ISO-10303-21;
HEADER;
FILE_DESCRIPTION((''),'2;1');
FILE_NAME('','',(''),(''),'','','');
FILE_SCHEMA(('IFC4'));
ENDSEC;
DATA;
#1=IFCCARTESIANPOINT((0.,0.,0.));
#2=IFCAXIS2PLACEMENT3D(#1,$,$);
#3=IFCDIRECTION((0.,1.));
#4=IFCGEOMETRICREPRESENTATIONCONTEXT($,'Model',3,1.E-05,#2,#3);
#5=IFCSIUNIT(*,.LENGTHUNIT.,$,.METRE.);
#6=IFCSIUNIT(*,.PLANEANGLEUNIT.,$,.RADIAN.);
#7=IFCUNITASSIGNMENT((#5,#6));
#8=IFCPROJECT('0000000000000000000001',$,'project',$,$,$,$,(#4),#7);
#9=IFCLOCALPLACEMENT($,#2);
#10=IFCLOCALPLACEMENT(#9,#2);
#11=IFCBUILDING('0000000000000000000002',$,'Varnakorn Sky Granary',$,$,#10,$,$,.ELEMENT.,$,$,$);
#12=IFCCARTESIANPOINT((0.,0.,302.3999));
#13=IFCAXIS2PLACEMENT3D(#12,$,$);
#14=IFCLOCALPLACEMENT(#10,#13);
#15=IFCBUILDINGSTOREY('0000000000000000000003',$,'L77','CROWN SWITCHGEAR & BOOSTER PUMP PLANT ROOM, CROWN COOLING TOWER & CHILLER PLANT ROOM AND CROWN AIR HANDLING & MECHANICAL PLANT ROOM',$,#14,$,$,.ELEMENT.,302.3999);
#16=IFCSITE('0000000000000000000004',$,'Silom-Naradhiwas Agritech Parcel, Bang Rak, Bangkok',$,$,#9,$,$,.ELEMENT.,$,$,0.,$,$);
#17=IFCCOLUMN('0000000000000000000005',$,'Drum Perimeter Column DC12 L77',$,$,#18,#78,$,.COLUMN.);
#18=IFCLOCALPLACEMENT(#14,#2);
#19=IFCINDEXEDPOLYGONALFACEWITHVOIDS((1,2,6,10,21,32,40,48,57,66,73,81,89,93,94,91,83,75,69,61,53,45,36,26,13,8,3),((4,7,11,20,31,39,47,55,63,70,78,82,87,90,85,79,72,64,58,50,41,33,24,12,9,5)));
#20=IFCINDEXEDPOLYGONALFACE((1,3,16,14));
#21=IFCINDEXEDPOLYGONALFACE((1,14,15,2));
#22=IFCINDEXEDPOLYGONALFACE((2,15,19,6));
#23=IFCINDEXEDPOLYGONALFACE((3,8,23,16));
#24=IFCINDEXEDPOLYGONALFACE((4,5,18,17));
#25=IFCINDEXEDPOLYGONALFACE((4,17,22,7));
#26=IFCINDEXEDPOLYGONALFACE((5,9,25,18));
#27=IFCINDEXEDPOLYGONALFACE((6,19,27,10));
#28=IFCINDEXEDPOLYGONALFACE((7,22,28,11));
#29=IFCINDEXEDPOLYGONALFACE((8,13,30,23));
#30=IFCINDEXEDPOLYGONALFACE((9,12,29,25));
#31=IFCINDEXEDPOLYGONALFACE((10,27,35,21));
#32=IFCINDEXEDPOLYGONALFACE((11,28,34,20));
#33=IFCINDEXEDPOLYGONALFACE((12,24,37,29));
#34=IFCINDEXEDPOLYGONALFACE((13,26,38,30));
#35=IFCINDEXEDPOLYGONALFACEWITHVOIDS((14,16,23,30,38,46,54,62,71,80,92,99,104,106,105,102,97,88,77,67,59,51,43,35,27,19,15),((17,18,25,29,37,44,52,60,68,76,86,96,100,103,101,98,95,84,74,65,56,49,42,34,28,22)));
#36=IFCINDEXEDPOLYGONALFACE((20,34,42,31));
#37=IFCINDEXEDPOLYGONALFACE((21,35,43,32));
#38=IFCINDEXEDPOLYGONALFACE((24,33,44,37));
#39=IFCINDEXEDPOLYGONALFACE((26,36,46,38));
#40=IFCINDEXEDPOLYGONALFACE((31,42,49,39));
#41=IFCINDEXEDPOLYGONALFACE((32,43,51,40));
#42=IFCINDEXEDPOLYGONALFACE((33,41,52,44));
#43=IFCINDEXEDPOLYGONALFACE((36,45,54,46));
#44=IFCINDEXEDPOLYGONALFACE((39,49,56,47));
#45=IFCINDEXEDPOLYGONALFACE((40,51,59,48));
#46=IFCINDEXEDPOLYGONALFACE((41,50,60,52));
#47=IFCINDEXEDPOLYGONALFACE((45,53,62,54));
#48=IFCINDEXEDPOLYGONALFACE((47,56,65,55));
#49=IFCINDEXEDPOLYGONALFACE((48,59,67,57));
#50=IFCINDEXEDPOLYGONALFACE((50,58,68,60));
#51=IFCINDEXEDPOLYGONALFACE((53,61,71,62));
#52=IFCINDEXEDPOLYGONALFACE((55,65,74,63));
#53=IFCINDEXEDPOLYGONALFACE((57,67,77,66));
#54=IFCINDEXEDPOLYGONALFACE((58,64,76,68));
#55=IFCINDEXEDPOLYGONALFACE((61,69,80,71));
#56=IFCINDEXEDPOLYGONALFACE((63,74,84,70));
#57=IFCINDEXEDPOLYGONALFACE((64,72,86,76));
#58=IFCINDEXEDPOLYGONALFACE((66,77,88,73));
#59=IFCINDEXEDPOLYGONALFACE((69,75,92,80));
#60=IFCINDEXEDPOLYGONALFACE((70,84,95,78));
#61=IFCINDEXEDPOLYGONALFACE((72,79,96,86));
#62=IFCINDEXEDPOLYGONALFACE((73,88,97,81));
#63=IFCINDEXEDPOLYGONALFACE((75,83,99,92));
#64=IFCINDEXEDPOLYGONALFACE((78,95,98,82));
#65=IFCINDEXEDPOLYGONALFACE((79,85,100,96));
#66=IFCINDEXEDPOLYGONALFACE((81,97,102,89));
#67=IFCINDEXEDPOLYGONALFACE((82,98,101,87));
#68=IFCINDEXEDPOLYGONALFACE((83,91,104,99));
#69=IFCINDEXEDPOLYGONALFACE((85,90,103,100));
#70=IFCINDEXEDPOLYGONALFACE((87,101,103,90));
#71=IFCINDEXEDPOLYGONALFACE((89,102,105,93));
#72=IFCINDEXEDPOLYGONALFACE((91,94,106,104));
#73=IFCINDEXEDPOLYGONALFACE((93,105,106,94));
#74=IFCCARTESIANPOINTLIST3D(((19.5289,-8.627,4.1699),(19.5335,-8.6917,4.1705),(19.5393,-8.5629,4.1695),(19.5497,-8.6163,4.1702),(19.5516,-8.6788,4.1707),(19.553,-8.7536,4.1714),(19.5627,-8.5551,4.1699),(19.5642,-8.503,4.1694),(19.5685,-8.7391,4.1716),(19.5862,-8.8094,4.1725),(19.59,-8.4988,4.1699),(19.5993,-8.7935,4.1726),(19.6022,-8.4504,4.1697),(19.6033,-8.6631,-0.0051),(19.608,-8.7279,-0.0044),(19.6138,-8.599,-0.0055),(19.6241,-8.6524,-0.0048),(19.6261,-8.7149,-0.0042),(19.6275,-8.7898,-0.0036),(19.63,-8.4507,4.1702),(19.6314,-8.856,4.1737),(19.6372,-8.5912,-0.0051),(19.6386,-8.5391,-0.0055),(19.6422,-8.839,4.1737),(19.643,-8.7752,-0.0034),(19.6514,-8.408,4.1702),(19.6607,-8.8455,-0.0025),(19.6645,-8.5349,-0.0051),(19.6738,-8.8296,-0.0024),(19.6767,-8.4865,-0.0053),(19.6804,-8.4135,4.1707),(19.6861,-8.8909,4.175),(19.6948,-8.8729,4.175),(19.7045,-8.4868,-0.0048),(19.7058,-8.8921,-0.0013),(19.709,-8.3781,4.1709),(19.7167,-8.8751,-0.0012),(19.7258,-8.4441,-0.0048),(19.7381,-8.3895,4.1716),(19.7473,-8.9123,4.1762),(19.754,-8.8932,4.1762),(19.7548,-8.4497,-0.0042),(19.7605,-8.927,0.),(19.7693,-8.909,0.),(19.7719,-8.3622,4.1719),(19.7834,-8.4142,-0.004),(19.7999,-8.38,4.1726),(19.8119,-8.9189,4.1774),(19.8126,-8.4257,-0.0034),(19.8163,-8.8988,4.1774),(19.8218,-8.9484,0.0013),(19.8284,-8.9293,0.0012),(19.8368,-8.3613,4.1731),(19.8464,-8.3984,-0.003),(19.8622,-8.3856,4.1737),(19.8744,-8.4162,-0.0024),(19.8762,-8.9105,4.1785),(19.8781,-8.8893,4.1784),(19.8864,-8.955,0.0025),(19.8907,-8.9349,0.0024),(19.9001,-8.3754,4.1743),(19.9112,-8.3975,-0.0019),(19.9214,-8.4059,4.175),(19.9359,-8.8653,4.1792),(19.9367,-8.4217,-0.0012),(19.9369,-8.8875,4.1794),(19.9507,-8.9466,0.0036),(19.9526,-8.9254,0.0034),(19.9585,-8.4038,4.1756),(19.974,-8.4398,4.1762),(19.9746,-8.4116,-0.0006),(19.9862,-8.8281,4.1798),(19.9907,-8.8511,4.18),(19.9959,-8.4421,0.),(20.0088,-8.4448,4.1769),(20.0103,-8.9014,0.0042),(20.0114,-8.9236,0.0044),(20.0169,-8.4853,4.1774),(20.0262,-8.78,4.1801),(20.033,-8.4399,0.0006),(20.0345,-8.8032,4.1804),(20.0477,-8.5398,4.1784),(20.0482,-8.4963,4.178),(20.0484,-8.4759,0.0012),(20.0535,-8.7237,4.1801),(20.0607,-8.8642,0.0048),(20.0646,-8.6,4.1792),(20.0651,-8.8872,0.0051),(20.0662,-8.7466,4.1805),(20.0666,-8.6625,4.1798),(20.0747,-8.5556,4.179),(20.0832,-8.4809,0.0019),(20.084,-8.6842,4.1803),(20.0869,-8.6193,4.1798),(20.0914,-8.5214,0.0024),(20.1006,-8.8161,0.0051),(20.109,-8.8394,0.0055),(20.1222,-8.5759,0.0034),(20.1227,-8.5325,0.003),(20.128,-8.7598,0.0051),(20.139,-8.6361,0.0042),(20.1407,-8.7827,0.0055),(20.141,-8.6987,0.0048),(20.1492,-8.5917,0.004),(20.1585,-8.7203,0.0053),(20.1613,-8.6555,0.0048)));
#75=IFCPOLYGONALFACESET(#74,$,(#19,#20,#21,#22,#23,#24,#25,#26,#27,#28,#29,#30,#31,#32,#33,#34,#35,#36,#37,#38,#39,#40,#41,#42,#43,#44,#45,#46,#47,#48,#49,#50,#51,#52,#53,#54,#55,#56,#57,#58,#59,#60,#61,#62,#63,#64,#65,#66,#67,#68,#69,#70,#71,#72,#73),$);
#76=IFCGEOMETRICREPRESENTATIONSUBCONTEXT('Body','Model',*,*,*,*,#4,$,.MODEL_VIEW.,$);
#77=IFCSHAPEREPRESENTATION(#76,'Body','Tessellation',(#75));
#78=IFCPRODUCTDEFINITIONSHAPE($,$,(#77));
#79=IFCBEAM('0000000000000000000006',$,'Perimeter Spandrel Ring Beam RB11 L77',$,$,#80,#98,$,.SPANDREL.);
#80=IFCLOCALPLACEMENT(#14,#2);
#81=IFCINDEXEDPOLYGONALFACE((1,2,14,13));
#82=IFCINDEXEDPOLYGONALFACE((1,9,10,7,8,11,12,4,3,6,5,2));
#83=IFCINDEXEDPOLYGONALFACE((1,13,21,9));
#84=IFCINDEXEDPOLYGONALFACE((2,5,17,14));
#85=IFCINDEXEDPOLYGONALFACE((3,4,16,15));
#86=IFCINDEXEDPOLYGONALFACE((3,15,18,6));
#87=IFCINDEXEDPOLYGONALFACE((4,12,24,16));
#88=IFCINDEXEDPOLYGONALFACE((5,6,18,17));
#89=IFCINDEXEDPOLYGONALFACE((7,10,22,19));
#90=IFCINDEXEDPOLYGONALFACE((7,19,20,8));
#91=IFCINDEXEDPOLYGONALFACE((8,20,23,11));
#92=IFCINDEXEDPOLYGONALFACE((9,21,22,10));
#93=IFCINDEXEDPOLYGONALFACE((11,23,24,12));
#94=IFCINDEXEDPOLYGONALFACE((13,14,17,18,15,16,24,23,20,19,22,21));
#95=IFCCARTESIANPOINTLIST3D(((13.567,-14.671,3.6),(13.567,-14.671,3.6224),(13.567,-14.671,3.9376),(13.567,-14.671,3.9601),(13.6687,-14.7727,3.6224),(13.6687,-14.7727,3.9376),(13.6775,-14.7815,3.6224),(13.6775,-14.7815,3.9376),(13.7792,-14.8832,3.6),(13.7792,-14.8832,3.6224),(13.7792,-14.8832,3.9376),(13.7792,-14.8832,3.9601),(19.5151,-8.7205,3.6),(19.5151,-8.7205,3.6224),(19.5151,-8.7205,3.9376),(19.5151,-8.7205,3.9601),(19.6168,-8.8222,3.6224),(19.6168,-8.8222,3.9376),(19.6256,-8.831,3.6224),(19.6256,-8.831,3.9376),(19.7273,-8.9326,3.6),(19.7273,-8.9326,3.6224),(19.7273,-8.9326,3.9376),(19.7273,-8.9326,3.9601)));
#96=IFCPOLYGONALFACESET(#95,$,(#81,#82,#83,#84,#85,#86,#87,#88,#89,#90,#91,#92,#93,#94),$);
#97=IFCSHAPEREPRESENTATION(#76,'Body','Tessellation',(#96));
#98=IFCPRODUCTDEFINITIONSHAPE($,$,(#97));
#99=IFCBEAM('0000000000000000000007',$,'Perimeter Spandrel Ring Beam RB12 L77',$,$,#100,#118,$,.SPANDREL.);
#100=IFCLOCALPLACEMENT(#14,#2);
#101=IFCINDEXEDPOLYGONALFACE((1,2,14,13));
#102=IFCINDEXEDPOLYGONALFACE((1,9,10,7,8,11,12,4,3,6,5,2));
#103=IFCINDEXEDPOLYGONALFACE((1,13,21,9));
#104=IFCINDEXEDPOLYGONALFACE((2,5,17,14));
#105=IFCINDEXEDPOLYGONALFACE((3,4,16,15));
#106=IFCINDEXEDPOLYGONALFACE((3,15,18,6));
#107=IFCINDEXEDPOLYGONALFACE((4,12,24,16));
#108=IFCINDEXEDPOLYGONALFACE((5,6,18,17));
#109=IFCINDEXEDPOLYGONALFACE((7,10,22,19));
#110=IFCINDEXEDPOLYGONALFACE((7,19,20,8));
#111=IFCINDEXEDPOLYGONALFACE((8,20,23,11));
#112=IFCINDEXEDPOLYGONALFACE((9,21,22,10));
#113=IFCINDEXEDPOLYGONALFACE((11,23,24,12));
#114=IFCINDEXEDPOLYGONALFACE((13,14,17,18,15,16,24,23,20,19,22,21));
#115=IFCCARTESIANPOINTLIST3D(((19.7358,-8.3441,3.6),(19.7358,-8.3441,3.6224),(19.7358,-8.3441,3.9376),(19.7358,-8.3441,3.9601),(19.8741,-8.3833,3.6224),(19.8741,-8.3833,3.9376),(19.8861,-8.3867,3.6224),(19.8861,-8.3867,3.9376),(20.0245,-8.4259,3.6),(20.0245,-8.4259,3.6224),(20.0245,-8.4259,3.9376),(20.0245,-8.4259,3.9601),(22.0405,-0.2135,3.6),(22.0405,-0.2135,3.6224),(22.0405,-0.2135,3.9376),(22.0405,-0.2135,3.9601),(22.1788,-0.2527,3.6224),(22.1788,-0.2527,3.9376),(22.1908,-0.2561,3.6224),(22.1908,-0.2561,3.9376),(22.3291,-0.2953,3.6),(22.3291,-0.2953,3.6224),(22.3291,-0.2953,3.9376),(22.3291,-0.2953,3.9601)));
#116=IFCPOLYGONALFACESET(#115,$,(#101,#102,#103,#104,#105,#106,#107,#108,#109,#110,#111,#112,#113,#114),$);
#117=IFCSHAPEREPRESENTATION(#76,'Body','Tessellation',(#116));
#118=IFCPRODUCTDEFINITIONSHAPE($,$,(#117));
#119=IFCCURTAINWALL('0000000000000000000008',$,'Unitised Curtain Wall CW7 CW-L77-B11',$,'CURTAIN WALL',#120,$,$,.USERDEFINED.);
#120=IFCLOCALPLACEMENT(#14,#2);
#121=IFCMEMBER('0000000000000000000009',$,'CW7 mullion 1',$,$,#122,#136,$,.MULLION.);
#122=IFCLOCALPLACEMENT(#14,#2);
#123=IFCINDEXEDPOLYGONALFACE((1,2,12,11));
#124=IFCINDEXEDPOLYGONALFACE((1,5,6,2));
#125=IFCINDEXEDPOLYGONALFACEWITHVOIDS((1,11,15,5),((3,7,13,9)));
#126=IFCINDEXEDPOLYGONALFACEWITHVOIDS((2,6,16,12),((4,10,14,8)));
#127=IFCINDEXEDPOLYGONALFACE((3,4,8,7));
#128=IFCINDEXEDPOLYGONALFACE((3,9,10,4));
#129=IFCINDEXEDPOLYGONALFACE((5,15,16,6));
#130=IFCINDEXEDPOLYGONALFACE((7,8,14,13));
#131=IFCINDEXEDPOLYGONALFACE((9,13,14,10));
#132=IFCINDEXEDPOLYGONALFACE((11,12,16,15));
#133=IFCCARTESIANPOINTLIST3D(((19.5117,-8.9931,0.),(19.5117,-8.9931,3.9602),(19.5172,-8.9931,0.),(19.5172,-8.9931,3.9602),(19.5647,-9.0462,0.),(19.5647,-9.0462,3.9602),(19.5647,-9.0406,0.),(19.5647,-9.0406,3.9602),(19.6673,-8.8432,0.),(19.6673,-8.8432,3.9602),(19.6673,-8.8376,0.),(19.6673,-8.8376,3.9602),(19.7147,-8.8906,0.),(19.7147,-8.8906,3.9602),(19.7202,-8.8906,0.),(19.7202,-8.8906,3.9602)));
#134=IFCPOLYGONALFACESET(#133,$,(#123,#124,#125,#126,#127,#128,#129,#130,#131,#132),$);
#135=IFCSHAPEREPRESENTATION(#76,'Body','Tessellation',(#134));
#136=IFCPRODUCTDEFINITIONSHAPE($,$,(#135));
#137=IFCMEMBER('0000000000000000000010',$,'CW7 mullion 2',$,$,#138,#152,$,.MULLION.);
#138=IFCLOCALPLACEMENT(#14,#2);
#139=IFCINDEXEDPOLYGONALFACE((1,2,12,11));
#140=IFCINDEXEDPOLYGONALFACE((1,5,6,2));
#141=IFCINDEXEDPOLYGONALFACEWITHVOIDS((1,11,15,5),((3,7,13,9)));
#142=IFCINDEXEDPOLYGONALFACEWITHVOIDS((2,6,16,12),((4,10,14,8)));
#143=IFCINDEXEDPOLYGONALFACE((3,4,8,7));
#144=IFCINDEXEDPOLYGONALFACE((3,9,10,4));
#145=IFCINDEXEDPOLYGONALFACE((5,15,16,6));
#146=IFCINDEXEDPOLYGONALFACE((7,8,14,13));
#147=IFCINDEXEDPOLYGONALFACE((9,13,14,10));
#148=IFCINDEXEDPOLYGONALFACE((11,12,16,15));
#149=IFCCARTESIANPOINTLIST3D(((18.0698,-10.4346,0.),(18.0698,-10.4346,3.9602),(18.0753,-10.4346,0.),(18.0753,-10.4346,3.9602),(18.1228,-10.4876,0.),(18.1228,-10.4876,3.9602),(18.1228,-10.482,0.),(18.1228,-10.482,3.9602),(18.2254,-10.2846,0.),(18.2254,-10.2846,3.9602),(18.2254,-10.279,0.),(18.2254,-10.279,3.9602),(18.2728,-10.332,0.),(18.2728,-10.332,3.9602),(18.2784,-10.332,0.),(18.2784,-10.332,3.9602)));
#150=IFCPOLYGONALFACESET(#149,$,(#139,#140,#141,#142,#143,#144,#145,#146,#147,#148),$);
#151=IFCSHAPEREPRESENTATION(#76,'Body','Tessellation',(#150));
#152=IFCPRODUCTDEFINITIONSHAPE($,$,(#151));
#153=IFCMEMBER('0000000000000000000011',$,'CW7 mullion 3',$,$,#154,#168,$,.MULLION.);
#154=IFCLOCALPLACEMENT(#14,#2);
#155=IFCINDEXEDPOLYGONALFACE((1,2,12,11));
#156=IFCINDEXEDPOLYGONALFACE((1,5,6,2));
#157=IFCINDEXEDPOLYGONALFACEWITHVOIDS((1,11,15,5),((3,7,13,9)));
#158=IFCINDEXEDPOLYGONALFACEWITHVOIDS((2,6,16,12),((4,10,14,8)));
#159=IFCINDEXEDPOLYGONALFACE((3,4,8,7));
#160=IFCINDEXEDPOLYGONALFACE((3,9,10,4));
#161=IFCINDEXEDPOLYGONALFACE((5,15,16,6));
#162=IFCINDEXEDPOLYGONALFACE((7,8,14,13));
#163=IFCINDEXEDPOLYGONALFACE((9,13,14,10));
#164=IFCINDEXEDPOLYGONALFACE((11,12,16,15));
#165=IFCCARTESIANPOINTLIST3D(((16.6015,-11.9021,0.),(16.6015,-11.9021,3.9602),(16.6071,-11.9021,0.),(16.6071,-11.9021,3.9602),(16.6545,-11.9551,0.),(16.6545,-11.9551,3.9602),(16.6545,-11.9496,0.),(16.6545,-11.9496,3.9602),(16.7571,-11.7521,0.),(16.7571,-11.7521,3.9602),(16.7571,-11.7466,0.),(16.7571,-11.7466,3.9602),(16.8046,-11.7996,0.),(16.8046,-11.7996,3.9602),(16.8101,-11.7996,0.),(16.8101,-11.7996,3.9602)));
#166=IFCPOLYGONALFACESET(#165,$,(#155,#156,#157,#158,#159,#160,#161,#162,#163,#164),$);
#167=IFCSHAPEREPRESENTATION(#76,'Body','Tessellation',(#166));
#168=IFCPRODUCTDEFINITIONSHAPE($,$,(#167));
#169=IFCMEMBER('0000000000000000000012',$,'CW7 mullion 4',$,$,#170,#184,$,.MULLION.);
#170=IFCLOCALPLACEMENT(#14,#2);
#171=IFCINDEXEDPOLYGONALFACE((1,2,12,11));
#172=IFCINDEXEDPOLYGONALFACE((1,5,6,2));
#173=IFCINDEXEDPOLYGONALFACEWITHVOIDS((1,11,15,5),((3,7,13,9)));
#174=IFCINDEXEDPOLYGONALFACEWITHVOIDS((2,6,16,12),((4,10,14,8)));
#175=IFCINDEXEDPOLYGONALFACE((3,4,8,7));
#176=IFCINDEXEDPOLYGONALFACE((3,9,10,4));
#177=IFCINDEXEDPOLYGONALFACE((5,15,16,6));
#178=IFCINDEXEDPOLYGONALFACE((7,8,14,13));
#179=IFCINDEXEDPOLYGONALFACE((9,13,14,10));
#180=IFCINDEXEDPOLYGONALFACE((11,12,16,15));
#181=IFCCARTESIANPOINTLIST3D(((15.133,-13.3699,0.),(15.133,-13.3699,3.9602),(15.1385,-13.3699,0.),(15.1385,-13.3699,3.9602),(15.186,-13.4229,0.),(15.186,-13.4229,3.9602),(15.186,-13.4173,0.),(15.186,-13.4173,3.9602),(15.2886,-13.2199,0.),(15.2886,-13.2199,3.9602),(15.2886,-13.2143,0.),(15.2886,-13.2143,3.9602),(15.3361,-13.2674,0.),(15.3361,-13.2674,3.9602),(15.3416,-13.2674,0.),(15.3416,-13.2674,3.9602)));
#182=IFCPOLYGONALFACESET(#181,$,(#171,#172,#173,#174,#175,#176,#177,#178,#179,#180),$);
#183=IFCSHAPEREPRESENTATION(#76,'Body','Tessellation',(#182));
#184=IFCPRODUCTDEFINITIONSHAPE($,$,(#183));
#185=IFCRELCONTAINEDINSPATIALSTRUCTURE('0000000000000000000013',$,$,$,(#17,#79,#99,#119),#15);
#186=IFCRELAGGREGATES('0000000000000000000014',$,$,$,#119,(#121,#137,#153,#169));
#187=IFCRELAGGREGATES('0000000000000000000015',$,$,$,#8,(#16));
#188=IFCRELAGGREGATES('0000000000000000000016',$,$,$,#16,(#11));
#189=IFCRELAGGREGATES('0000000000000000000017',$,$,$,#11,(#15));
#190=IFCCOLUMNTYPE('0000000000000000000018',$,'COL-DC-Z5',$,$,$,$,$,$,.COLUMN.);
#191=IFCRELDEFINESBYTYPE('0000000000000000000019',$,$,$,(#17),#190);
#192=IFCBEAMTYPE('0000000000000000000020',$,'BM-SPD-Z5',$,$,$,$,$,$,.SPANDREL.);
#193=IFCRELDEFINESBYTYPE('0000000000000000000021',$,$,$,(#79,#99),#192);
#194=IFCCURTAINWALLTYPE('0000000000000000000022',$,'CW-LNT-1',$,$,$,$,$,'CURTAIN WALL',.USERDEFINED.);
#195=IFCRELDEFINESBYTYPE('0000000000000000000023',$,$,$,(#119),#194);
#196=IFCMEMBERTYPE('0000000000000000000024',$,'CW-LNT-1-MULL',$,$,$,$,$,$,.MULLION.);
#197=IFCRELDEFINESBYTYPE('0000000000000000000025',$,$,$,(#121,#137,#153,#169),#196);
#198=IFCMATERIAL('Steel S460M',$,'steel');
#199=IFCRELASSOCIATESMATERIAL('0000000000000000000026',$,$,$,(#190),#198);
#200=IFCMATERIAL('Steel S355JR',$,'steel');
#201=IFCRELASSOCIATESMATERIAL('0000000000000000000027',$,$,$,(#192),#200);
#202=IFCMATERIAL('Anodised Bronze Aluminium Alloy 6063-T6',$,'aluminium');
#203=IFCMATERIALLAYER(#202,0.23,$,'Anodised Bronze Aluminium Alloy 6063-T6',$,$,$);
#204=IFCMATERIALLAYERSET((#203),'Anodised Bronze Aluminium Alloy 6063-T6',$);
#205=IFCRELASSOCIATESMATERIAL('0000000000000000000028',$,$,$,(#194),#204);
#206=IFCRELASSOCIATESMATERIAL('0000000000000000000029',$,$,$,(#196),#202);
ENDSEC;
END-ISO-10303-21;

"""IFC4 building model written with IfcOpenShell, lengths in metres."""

from ifc_helpers import new_model, si_unit, direction, frame, origin, origin_2d, place, context, subcontext, project, spatial, hollow_rectangle, hollow_circle, i_section, extrude, material, layer, layer_set, material_profile, profile_set, type_object, element, aggregate, save


model = new_model("IFC4")

# Units and contexts
model_context = context("Model", 3, precision=1e-05, world=origin(), true_north=direction((0.0, 1.0)))
body_context = subcontext(model_context, "Body", "Model", "MODEL_VIEW")
ifc_project = project(units=[si_unit("LENGTHUNIT", "METRE"), si_unit("PLANEANGLEUNIT", "RADIAN")], contexts=[model_context])

# Site, building, storey
site_placement = place(None, origin())
site = spatial("IfcSite", under=ifc_project, at=site_placement, Name="Silom-Naradhiwas Agritech Parcel, Bang Rak, Bangkok", CompositionType="ELEMENT", RefElevation=0.0)
building_placement = place(site_placement, origin())
building = spatial("IfcBuilding", under=site, at=building_placement, Name="Varnakorn Sky Granary", CompositionType="ELEMENT")
storey_placement = place(building_placement, frame((0.0, 0.0, 302.3999)))
storey = spatial("IfcBuildingStorey", under=building, at=storey_placement, Name="L77", Description="CROWN SWITCHGEAR & BOOSTER PUMP PLANT ROOM, CROWN COOLING TOWER & CHILLER PLANT ROOM AND CROWN AIR HANDLING & MECHANICAL PLANT ROOM", CompositionType="ELEMENT", Elevation=302.3999)

# Column
ifc_material_1 = material(Name="Steel S460M", Category="steel")
ifc_material_profile_1 = material_profile(ifc_material_1, hollow_circle(Radius=0.2795, WallThickness=0.02, at=origin_2d()), Name="CHS 559x20")
ifc_profile_set_1 = profile_set([ifc_material_profile_1], Name="Steel S460M")
column_type = type_object("IfcColumnType", Name="COL-DC-Z5", PredefinedType="COLUMN", material=ifc_profile_set_1)
column_placement = place(storey_placement, frame((19.8826, -8.6755, 0.0), z_axis=(-0.017832, 0.008653, 0.999804), x_axis=(-0.436563, -0.899674, 0.0)))
element("IfcColumn", 1, at=column_placement, inside=storey, type_object=column_type, Name="Drum Perimeter Column DC12 L77", PredefinedType="COLUMN", context=body_context, shape_type="SweptSolid", body=[
    extrude(hollow_circle(Radius=0.2795, WallThickness=0.02, at=origin_2d()), origin(), (0.0, 0.0, 1.0), 4.1758),
])

# Beams
ifc_material_2 = material(Name="Steel S355JR", Category="steel")
ifc_material_profile_2 = material_profile(ifc_material_2, i_section(OverallWidth=0.3, OverallDepth=0.3601, WebThickness=0.0125, FlangeThickness=0.0225, at=origin_2d()), Name="HE 360 B")
ifc_profile_set_2 = profile_set([ifc_material_profile_2], Name="Steel S355JR")
beam_type = type_object("IfcBeamType", Name="BM-SPD-Z5", PredefinedType="SPANDREL", material=ifc_profile_set_2)
beam_1_placement = place(storey_placement, frame((13.6731, -14.7771, 3.78), z_axis=(0.706962, 0.707252, 0.0), x_axis=(-0.707252, 0.706962, 0.0)))
element("IfcBeam", 2, at=beam_1_placement, inside=storey, type_object=beam_type, Name="Perimeter Spandrel Ring Beam RB11 L77", PredefinedType="SPANDREL", context=body_context, shape_type="SweptSolid", body=[
    extrude(i_section(OverallWidth=0.3, OverallDepth=0.3601, WebThickness=0.0125, FlangeThickness=0.0225, at=origin_2d()), origin(), (0.0, 0.0, 1.0), 8.4136),
])
beam_2_placement = place(storey_placement, frame((19.8801, -8.385, 3.78), z_axis=(0.272714, 0.962095, 0.0), x_axis=(-0.962095, 0.272714, 0.0)))
element("IfcBeam", 3, at=beam_2_placement, inside=storey, type_object=beam_type, Name="Perimeter Spandrel Ring Beam RB12 L77", PredefinedType="SPANDREL", context=body_context, shape_type="SweptSolid", body=[
    extrude(i_section(OverallWidth=0.3, OverallDepth=0.3601, WebThickness=0.0125, FlangeThickness=0.0225, at=origin_2d()), origin(), (0.0, 0.0, 1.0), 8.4509),
])

# Curtain wall, members
ifc_material_3 = material(Name="Anodised Bronze Aluminium Alloy 6063-T6", Category="aluminium")
ifc_layer_1 = layer(ifc_material_3, 0.23, Name="Anodised Bronze Aluminium Alloy 6063-T6")
ifc_layer_set_1 = layer_set([ifc_layer_1], Name="Anodised Bronze Aluminium Alloy 6063-T6")
curtain_wall_type = type_object("IfcCurtainWallType", Name="CW-LNT-1", ElementType="CURTAIN WALL", PredefinedType="USERDEFINED", material=ifc_layer_set_1)
curtain_wall_placement = place(storey_placement, origin())
curtain_wall = element("IfcCurtainWall", 4, at=curtain_wall_placement, inside=storey, type_object=curtain_wall_type, Name="Unitised Curtain Wall CW7 CW-L77-B11", ObjectType="CURTAIN WALL", PredefinedType="USERDEFINED")
ifc_material_profile_3 = material_profile(ifc_material_3, hollow_rectangle(XDim=0.075, YDim=0.22, WallThickness=0.0039, at=origin_2d()), Name="ALU MULL 75x220")
ifc_profile_set_3 = profile_set([ifc_material_profile_3], Name="Anodised Bronze Aluminium Alloy 6063-T6")
member_type_1 = type_object("IfcMemberType", Name="CW-LNT-1-MULL", PredefinedType="MULLION", material=ifc_profile_set_3)
member_1_placement = place(storey_placement, frame((19.616, -8.9419, 0.0), z_axis=(0.0, 0.0, 1.0), x_axis=(0.706962, -0.707251, 0.0)))
member_1 = element("IfcMember", 5, at=member_1_placement, type_object=member_type_1, Name="CW7 mullion 1", PredefinedType="MULLION", context=body_context, shape_type="SweptSolid", body=[
    extrude(hollow_rectangle(XDim=0.075, YDim=0.22, WallThickness=0.0039, at=origin_2d()), origin(), (0.0, 0.0, 1.0), 3.9602),
])
member_2_placement = place(storey_placement, frame((18.1741, -10.3833, 0.0), z_axis=(0.0, 0.0, 1.0), x_axis=(0.706962, -0.707251, 0.0)))
member_2 = element("IfcMember", 6, at=member_2_placement, type_object=member_type_1, Name="CW7 mullion 2", PredefinedType="MULLION", context=body_context, shape_type="SweptSolid", body=[
    extrude(hollow_rectangle(XDim=0.075, YDim=0.22, WallThickness=0.0039, at=origin_2d()), origin(), (0.0, 0.0, 1.0), 3.9602),
])
member_3_placement = place(storey_placement, frame((16.7058, -11.8508, 0.0), z_axis=(0.0, 0.0, 1.0), x_axis=(0.706962, -0.707251, 0.0)))
member_3 = element("IfcMember", 7, at=member_3_placement, type_object=member_type_1, Name="CW7 mullion 3", PredefinedType="MULLION", context=body_context, shape_type="SweptSolid", body=[
    extrude(hollow_rectangle(XDim=0.075, YDim=0.22, WallThickness=0.0039, at=origin_2d()), origin(), (0.0, 0.0, 1.0), 3.9602),
])
member_4_placement = place(storey_placement, frame((15.2373, -13.3186, 0.0), z_axis=(0.0, 0.0, 1.0), x_axis=(0.706962, -0.707251, 0.0)))
member_4 = element("IfcMember", 8, at=member_4_placement, type_object=member_type_1, Name="CW7 mullion 4", PredefinedType="MULLION", context=body_context, shape_type="SweptSolid", body=[
    extrude(hollow_rectangle(XDim=0.075, YDim=0.22, WallThickness=0.0039, at=origin_2d()), origin(), (0.0, 0.0, 1.0), 3.9602),
])

aggregate(curtain_wall, [member_1, member_2, member_3, member_4])

save(model, "model.ifc")
